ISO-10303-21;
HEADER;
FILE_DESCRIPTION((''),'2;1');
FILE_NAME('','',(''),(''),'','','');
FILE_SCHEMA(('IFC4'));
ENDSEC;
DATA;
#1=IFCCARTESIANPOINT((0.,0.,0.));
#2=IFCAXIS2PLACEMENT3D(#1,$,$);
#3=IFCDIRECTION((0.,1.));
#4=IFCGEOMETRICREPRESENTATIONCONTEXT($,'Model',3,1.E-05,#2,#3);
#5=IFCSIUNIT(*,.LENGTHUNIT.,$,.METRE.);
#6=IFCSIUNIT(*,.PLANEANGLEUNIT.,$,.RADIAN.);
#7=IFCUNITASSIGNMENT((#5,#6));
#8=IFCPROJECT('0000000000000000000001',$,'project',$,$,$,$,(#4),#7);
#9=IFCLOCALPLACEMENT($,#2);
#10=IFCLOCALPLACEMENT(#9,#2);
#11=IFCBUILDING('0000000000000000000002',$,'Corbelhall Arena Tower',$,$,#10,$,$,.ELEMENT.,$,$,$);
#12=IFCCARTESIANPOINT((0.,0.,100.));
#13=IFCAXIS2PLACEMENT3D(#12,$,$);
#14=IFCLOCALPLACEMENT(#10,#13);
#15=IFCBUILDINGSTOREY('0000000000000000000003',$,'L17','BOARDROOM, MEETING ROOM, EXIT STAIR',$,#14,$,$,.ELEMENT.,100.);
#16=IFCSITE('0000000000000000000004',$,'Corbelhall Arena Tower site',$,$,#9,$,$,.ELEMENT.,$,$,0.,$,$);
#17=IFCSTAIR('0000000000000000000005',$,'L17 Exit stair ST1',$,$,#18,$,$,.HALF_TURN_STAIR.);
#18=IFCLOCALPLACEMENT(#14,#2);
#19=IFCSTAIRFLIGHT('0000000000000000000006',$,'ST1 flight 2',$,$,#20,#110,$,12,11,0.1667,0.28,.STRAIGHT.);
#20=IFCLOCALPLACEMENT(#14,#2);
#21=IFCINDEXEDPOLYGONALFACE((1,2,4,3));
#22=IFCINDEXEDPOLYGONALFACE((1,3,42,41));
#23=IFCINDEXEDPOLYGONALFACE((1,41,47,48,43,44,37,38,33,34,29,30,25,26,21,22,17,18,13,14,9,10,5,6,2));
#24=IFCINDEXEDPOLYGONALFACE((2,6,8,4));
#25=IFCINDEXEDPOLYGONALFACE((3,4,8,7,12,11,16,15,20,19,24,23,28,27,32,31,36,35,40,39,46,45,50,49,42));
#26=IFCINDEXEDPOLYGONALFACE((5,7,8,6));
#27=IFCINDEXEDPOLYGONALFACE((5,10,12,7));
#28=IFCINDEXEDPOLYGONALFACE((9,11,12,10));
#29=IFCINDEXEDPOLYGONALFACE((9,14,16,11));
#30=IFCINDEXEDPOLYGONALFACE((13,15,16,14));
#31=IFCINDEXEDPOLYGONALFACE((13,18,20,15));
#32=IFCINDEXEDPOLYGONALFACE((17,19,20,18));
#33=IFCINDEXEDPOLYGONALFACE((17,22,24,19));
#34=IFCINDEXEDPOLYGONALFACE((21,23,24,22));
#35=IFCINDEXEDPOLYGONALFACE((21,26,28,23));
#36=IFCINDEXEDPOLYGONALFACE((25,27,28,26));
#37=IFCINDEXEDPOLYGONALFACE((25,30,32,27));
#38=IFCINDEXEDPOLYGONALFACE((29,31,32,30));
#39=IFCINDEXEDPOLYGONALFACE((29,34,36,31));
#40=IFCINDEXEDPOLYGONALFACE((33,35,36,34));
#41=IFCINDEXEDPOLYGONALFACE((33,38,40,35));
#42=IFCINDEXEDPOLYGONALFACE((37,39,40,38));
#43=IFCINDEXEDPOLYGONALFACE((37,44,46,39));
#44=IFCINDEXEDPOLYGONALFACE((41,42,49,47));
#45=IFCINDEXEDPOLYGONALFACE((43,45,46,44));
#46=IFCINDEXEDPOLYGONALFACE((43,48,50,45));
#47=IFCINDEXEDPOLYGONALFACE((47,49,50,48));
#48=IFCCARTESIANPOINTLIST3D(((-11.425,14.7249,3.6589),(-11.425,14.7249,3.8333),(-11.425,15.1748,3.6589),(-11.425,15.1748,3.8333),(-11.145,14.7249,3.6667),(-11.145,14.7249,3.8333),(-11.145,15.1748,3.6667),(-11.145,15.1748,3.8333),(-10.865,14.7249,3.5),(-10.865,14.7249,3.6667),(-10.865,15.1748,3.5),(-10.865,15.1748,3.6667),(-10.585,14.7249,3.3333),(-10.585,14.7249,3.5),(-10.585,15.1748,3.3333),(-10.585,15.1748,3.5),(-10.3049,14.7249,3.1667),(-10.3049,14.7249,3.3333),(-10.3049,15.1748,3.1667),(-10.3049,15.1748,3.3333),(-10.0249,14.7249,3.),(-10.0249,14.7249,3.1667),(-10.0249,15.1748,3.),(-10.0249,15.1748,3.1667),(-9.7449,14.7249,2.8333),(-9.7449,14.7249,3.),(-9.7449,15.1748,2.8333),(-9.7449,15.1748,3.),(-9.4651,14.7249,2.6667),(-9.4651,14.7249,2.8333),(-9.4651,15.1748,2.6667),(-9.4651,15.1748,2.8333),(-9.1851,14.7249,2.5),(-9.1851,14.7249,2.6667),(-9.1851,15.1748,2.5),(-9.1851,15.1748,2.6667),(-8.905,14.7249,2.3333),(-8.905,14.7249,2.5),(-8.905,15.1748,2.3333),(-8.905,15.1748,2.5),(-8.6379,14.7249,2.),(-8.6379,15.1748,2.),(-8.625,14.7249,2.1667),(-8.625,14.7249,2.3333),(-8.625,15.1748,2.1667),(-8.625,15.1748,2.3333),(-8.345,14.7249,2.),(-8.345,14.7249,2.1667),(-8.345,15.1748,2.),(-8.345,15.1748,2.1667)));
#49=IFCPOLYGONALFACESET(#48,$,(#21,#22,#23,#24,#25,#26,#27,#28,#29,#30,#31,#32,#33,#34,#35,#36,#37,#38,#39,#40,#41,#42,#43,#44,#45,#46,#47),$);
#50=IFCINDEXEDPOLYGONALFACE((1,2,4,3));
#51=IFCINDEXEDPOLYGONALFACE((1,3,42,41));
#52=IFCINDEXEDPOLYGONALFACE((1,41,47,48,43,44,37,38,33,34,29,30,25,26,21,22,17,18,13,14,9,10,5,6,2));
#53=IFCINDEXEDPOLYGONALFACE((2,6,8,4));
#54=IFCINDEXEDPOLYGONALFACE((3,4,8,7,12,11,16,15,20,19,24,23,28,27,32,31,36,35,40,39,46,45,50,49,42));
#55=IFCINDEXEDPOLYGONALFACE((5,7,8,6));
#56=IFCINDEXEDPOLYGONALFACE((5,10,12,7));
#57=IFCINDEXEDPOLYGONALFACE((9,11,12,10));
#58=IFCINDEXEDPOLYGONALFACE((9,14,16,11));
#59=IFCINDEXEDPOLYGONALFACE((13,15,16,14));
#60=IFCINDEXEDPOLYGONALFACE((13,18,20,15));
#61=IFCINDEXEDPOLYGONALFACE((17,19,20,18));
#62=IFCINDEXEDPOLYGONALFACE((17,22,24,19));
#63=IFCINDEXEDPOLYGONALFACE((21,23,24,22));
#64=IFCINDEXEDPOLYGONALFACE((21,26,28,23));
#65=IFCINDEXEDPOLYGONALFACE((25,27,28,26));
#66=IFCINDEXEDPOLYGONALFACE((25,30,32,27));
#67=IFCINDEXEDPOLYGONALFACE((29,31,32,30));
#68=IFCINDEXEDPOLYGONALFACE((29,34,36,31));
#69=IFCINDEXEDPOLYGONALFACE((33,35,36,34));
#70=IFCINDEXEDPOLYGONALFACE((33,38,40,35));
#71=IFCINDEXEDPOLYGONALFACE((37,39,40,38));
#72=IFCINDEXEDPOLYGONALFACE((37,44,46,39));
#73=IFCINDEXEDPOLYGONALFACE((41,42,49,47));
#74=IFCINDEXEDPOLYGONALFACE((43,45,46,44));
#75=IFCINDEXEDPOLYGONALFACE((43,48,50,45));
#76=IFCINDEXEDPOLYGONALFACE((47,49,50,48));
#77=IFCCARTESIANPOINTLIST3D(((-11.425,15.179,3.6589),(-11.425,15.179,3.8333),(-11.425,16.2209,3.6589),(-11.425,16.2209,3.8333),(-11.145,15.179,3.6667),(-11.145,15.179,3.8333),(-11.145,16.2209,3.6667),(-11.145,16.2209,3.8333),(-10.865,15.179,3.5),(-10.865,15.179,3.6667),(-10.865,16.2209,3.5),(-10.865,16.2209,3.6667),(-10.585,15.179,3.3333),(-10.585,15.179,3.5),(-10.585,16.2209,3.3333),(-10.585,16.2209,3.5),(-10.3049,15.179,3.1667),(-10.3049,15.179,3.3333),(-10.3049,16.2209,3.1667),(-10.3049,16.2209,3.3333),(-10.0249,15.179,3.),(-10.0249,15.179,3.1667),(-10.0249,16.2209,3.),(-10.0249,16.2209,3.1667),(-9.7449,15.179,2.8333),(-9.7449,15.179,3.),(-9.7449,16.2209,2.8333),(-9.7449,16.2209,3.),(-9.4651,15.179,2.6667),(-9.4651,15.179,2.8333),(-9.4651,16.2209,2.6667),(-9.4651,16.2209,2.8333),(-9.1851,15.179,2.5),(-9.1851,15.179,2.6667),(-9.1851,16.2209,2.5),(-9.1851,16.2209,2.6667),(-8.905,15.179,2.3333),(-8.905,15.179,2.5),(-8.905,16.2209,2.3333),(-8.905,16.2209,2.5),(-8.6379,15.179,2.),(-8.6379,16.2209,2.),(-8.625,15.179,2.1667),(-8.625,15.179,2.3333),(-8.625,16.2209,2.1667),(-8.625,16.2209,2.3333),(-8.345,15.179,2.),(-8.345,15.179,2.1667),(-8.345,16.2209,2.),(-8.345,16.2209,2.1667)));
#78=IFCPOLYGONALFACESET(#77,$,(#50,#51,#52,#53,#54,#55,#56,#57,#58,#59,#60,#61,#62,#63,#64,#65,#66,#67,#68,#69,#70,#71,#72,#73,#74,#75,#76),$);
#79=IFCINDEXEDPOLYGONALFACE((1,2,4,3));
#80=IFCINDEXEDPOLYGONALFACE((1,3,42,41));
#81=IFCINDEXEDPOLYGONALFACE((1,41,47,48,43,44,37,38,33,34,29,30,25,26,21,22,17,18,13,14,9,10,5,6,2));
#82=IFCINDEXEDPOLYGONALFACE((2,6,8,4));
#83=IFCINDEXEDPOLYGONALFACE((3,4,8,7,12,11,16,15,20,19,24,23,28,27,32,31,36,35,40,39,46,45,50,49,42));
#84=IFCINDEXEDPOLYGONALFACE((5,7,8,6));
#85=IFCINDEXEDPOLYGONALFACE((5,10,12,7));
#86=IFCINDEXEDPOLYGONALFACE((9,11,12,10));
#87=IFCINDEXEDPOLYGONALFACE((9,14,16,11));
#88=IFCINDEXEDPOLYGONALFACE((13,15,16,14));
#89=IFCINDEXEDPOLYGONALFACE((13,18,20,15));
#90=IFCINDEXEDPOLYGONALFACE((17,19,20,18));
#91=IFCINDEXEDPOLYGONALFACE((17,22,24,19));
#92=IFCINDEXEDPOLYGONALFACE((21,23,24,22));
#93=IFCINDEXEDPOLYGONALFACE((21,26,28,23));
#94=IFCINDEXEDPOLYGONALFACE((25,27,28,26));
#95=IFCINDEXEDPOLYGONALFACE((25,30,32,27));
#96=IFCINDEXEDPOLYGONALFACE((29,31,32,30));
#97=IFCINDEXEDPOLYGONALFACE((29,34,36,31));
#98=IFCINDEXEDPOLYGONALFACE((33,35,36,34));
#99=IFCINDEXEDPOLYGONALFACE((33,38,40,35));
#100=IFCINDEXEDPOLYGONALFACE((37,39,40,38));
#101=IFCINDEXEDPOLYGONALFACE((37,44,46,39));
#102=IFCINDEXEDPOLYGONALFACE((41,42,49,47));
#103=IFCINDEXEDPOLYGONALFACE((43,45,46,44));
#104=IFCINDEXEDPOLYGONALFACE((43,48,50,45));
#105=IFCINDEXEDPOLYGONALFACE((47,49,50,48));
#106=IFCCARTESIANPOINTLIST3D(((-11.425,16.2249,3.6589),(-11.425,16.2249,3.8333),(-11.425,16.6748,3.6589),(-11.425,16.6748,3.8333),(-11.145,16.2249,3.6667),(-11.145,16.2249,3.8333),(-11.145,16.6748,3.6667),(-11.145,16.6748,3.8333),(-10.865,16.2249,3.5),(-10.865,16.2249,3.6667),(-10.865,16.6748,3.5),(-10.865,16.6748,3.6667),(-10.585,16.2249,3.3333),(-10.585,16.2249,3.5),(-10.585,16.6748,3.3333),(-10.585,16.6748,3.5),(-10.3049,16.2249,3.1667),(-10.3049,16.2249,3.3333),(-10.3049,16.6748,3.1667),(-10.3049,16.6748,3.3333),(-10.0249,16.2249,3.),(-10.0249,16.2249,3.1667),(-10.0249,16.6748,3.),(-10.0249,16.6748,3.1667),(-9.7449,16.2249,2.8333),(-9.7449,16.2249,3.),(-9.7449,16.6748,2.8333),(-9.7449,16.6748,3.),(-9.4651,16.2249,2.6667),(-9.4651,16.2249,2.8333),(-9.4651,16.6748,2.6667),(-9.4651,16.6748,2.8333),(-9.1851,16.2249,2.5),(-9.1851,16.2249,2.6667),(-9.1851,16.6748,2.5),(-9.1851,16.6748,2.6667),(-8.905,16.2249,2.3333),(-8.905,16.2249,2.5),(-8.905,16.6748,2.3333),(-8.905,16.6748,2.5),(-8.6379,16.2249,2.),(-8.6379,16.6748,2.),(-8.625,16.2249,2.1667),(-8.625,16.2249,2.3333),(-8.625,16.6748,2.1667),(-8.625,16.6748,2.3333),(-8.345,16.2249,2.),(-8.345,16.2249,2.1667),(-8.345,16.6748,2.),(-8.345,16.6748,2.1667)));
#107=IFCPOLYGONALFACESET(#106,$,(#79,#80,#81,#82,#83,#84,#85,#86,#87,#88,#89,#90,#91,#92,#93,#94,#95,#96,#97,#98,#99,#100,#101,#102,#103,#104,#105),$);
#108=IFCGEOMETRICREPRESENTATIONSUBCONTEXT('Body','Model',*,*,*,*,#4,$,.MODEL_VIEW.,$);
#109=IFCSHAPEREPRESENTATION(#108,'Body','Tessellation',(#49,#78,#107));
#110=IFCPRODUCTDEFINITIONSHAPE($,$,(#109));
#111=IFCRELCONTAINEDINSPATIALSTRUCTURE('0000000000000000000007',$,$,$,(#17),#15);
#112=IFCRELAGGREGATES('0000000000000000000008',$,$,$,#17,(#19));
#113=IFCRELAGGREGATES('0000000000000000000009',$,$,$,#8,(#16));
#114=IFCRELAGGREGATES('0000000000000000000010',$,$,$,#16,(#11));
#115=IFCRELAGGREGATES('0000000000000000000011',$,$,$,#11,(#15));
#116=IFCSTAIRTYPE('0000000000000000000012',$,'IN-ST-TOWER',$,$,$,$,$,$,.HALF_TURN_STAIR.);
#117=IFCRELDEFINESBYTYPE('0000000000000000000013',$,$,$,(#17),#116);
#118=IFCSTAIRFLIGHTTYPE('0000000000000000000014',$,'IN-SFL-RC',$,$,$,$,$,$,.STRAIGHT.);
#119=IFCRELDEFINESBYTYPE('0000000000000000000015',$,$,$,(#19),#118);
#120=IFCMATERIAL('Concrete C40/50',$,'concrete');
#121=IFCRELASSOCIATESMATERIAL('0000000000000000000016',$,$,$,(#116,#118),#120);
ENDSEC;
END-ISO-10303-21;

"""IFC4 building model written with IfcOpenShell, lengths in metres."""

from ifc_helpers import new_model, si_unit, direction, frame, origin, place, context, subcontext, project, spatial, polyline, outline, extrude, material, type_object, element, aggregate, save


model = new_model("IFC4")

# Units and contexts
model_context = context("Model", 3, precision=1e-05, world=origin(), true_north=direction((0.0, 1.0)))
body_context = subcontext(model_context, "Body", "Model", "MODEL_VIEW")
ifc_project = project(units=[si_unit("LENGTHUNIT", "METRE"), si_unit("PLANEANGLEUNIT", "RADIAN")], contexts=[model_context])

# Site, building, storey
site_placement = place(None, origin())
site = spatial("IfcSite", under=ifc_project, at=site_placement, Name="Corbelhall Arena Tower site", CompositionType="ELEMENT", RefElevation=0.0)
building_placement = place(site_placement, origin())
building = spatial("IfcBuilding", under=site, at=building_placement, Name="Corbelhall Arena Tower", CompositionType="ELEMENT")
storey_placement = place(building_placement, frame((0.0, 0.0, 100.0)))
storey = spatial("IfcBuildingStorey", under=building, at=storey_placement, Name="L17", Description="BOARDROOM, MEETING ROOM, EXIT STAIR", CompositionType="ELEMENT", Elevation=100.0)

# Shared definitions
ifc_material_1 = material(Name="Concrete C40/50", Category="concrete")

# Stair, stair flight
stair_type = type_object("IfcStairType", Name="IN-ST-TOWER", PredefinedType="HALF_TURN_STAIR", material=ifc_material_1)
stair_placement = place(storey_placement, origin())
stair = element("IfcStair", 1, at=stair_placement, inside=storey, type_object=stair_type, Name="L17 Exit stair ST1", PredefinedType="HALF_TURN_STAIR")
stair_flight_type = type_object("IfcStairFlightType", Name="IN-SFL-RC", PredefinedType="STRAIGHT", material=ifc_material_1)
stair_flight_placement = place(storey_placement, frame((-8.345, 15.7, 2.0), z_axis=(0.0, 0.0, 1.0), x_axis=(-1.0, 0.0, 0.0)))
stair_flight = element("IfcStairFlight", 2, at=stair_flight_placement, type_object=stair_flight_type, Name="ST1 flight 2", NumberOfRisers=12, NumberOfTreads=11, PredefinedType="STRAIGHT", RiserHeight=0.1667, TreadLength=0.28, context=body_context, shape_type="SweptSolid", body=[
    extrude(outline(polyline([(0.0, 0.0), (0.0, 0.1667), (0.28, 0.1667), (0.28, 0.3333), (0.5601, 0.3333), (0.5601, 0.5), (0.8401, 0.5), (0.8401, 0.6667), (1.1201, 0.6667), (1.1201, 0.8333), (1.3999, 0.8333), (1.3999, 1.0), (1.6799, 1.0), (1.6799, 1.1667), (1.96, 1.1667), (1.96, 1.3333), (2.24, 1.3333), (2.24, 1.5), (2.52, 1.5), (2.52, 1.6667), (2.8, 1.6667), (2.8, 1.8333), (3.0801, 1.8333), (3.0801, 2.0), (3.0801, 1.6589), (0.293, 0.0), (0.0, 0.0)])), frame((0.0, 0.9751, 0.0), z_axis=(0.0, -1.0, 0.0), x_axis=(1.0, 0.0, 0.0)), (0.0, 0.0, 1.0), 0.45),
    extrude(outline(polyline([(0.0, 0.0), (0.0, 0.1667), (0.28, 0.1667), (0.28, 0.3333), (0.5601, 0.3333), (0.5601, 0.5), (0.8401, 0.5), (0.8401, 0.6667), (1.1201, 0.6667), (1.1201, 0.8333), (1.3999, 0.8333), (1.3999, 1.0), (1.6799, 1.0), (1.6799, 1.1667), (1.96, 1.1667), (1.96, 1.3333), (2.24, 1.3333), (2.24, 1.5), (2.52, 1.5), (2.52, 1.6667), (2.8, 1.6667), (2.8, 1.8333), (3.0801, 1.8333), (3.0801, 2.0), (3.0801, 1.6589), (0.293, 0.0), (0.0, 0.0)])), frame((0.0, 0.521, 0.0), z_axis=(0.0, -1.0, 0.0), x_axis=(1.0, 0.0, 0.0)), (0.0, 0.0, 1.0), 1.042),
    extrude(outline(polyline([(0.0, 0.0), (0.0, 0.1667), (0.28, 0.1667), (0.28, 0.3333), (0.5601, 0.3333), (0.5601, 0.5), (0.8401, 0.5), (0.8401, 0.6667), (1.1201, 0.6667), (1.1201, 0.8333), (1.3999, 0.8333), (1.3999, 1.0), (1.6799, 1.0), (1.6799, 1.1667), (1.96, 1.1667), (1.96, 1.3333), (2.24, 1.3333), (2.24, 1.5), (2.52, 1.5), (2.52, 1.6667), (2.8, 1.6667), (2.8, 1.8333), (3.0801, 1.8333), (3.0801, 2.0), (3.0801, 1.6589), (0.293, 0.0), (0.0, 0.0)])), frame((0.0, -0.5249, 0.0), z_axis=(0.0, -1.0, 0.0), x_axis=(1.0, 0.0, 0.0)), (0.0, 0.0, 1.0), 0.45),
])
aggregate(stair, [stair_flight])

save(model, "model.ifc")
